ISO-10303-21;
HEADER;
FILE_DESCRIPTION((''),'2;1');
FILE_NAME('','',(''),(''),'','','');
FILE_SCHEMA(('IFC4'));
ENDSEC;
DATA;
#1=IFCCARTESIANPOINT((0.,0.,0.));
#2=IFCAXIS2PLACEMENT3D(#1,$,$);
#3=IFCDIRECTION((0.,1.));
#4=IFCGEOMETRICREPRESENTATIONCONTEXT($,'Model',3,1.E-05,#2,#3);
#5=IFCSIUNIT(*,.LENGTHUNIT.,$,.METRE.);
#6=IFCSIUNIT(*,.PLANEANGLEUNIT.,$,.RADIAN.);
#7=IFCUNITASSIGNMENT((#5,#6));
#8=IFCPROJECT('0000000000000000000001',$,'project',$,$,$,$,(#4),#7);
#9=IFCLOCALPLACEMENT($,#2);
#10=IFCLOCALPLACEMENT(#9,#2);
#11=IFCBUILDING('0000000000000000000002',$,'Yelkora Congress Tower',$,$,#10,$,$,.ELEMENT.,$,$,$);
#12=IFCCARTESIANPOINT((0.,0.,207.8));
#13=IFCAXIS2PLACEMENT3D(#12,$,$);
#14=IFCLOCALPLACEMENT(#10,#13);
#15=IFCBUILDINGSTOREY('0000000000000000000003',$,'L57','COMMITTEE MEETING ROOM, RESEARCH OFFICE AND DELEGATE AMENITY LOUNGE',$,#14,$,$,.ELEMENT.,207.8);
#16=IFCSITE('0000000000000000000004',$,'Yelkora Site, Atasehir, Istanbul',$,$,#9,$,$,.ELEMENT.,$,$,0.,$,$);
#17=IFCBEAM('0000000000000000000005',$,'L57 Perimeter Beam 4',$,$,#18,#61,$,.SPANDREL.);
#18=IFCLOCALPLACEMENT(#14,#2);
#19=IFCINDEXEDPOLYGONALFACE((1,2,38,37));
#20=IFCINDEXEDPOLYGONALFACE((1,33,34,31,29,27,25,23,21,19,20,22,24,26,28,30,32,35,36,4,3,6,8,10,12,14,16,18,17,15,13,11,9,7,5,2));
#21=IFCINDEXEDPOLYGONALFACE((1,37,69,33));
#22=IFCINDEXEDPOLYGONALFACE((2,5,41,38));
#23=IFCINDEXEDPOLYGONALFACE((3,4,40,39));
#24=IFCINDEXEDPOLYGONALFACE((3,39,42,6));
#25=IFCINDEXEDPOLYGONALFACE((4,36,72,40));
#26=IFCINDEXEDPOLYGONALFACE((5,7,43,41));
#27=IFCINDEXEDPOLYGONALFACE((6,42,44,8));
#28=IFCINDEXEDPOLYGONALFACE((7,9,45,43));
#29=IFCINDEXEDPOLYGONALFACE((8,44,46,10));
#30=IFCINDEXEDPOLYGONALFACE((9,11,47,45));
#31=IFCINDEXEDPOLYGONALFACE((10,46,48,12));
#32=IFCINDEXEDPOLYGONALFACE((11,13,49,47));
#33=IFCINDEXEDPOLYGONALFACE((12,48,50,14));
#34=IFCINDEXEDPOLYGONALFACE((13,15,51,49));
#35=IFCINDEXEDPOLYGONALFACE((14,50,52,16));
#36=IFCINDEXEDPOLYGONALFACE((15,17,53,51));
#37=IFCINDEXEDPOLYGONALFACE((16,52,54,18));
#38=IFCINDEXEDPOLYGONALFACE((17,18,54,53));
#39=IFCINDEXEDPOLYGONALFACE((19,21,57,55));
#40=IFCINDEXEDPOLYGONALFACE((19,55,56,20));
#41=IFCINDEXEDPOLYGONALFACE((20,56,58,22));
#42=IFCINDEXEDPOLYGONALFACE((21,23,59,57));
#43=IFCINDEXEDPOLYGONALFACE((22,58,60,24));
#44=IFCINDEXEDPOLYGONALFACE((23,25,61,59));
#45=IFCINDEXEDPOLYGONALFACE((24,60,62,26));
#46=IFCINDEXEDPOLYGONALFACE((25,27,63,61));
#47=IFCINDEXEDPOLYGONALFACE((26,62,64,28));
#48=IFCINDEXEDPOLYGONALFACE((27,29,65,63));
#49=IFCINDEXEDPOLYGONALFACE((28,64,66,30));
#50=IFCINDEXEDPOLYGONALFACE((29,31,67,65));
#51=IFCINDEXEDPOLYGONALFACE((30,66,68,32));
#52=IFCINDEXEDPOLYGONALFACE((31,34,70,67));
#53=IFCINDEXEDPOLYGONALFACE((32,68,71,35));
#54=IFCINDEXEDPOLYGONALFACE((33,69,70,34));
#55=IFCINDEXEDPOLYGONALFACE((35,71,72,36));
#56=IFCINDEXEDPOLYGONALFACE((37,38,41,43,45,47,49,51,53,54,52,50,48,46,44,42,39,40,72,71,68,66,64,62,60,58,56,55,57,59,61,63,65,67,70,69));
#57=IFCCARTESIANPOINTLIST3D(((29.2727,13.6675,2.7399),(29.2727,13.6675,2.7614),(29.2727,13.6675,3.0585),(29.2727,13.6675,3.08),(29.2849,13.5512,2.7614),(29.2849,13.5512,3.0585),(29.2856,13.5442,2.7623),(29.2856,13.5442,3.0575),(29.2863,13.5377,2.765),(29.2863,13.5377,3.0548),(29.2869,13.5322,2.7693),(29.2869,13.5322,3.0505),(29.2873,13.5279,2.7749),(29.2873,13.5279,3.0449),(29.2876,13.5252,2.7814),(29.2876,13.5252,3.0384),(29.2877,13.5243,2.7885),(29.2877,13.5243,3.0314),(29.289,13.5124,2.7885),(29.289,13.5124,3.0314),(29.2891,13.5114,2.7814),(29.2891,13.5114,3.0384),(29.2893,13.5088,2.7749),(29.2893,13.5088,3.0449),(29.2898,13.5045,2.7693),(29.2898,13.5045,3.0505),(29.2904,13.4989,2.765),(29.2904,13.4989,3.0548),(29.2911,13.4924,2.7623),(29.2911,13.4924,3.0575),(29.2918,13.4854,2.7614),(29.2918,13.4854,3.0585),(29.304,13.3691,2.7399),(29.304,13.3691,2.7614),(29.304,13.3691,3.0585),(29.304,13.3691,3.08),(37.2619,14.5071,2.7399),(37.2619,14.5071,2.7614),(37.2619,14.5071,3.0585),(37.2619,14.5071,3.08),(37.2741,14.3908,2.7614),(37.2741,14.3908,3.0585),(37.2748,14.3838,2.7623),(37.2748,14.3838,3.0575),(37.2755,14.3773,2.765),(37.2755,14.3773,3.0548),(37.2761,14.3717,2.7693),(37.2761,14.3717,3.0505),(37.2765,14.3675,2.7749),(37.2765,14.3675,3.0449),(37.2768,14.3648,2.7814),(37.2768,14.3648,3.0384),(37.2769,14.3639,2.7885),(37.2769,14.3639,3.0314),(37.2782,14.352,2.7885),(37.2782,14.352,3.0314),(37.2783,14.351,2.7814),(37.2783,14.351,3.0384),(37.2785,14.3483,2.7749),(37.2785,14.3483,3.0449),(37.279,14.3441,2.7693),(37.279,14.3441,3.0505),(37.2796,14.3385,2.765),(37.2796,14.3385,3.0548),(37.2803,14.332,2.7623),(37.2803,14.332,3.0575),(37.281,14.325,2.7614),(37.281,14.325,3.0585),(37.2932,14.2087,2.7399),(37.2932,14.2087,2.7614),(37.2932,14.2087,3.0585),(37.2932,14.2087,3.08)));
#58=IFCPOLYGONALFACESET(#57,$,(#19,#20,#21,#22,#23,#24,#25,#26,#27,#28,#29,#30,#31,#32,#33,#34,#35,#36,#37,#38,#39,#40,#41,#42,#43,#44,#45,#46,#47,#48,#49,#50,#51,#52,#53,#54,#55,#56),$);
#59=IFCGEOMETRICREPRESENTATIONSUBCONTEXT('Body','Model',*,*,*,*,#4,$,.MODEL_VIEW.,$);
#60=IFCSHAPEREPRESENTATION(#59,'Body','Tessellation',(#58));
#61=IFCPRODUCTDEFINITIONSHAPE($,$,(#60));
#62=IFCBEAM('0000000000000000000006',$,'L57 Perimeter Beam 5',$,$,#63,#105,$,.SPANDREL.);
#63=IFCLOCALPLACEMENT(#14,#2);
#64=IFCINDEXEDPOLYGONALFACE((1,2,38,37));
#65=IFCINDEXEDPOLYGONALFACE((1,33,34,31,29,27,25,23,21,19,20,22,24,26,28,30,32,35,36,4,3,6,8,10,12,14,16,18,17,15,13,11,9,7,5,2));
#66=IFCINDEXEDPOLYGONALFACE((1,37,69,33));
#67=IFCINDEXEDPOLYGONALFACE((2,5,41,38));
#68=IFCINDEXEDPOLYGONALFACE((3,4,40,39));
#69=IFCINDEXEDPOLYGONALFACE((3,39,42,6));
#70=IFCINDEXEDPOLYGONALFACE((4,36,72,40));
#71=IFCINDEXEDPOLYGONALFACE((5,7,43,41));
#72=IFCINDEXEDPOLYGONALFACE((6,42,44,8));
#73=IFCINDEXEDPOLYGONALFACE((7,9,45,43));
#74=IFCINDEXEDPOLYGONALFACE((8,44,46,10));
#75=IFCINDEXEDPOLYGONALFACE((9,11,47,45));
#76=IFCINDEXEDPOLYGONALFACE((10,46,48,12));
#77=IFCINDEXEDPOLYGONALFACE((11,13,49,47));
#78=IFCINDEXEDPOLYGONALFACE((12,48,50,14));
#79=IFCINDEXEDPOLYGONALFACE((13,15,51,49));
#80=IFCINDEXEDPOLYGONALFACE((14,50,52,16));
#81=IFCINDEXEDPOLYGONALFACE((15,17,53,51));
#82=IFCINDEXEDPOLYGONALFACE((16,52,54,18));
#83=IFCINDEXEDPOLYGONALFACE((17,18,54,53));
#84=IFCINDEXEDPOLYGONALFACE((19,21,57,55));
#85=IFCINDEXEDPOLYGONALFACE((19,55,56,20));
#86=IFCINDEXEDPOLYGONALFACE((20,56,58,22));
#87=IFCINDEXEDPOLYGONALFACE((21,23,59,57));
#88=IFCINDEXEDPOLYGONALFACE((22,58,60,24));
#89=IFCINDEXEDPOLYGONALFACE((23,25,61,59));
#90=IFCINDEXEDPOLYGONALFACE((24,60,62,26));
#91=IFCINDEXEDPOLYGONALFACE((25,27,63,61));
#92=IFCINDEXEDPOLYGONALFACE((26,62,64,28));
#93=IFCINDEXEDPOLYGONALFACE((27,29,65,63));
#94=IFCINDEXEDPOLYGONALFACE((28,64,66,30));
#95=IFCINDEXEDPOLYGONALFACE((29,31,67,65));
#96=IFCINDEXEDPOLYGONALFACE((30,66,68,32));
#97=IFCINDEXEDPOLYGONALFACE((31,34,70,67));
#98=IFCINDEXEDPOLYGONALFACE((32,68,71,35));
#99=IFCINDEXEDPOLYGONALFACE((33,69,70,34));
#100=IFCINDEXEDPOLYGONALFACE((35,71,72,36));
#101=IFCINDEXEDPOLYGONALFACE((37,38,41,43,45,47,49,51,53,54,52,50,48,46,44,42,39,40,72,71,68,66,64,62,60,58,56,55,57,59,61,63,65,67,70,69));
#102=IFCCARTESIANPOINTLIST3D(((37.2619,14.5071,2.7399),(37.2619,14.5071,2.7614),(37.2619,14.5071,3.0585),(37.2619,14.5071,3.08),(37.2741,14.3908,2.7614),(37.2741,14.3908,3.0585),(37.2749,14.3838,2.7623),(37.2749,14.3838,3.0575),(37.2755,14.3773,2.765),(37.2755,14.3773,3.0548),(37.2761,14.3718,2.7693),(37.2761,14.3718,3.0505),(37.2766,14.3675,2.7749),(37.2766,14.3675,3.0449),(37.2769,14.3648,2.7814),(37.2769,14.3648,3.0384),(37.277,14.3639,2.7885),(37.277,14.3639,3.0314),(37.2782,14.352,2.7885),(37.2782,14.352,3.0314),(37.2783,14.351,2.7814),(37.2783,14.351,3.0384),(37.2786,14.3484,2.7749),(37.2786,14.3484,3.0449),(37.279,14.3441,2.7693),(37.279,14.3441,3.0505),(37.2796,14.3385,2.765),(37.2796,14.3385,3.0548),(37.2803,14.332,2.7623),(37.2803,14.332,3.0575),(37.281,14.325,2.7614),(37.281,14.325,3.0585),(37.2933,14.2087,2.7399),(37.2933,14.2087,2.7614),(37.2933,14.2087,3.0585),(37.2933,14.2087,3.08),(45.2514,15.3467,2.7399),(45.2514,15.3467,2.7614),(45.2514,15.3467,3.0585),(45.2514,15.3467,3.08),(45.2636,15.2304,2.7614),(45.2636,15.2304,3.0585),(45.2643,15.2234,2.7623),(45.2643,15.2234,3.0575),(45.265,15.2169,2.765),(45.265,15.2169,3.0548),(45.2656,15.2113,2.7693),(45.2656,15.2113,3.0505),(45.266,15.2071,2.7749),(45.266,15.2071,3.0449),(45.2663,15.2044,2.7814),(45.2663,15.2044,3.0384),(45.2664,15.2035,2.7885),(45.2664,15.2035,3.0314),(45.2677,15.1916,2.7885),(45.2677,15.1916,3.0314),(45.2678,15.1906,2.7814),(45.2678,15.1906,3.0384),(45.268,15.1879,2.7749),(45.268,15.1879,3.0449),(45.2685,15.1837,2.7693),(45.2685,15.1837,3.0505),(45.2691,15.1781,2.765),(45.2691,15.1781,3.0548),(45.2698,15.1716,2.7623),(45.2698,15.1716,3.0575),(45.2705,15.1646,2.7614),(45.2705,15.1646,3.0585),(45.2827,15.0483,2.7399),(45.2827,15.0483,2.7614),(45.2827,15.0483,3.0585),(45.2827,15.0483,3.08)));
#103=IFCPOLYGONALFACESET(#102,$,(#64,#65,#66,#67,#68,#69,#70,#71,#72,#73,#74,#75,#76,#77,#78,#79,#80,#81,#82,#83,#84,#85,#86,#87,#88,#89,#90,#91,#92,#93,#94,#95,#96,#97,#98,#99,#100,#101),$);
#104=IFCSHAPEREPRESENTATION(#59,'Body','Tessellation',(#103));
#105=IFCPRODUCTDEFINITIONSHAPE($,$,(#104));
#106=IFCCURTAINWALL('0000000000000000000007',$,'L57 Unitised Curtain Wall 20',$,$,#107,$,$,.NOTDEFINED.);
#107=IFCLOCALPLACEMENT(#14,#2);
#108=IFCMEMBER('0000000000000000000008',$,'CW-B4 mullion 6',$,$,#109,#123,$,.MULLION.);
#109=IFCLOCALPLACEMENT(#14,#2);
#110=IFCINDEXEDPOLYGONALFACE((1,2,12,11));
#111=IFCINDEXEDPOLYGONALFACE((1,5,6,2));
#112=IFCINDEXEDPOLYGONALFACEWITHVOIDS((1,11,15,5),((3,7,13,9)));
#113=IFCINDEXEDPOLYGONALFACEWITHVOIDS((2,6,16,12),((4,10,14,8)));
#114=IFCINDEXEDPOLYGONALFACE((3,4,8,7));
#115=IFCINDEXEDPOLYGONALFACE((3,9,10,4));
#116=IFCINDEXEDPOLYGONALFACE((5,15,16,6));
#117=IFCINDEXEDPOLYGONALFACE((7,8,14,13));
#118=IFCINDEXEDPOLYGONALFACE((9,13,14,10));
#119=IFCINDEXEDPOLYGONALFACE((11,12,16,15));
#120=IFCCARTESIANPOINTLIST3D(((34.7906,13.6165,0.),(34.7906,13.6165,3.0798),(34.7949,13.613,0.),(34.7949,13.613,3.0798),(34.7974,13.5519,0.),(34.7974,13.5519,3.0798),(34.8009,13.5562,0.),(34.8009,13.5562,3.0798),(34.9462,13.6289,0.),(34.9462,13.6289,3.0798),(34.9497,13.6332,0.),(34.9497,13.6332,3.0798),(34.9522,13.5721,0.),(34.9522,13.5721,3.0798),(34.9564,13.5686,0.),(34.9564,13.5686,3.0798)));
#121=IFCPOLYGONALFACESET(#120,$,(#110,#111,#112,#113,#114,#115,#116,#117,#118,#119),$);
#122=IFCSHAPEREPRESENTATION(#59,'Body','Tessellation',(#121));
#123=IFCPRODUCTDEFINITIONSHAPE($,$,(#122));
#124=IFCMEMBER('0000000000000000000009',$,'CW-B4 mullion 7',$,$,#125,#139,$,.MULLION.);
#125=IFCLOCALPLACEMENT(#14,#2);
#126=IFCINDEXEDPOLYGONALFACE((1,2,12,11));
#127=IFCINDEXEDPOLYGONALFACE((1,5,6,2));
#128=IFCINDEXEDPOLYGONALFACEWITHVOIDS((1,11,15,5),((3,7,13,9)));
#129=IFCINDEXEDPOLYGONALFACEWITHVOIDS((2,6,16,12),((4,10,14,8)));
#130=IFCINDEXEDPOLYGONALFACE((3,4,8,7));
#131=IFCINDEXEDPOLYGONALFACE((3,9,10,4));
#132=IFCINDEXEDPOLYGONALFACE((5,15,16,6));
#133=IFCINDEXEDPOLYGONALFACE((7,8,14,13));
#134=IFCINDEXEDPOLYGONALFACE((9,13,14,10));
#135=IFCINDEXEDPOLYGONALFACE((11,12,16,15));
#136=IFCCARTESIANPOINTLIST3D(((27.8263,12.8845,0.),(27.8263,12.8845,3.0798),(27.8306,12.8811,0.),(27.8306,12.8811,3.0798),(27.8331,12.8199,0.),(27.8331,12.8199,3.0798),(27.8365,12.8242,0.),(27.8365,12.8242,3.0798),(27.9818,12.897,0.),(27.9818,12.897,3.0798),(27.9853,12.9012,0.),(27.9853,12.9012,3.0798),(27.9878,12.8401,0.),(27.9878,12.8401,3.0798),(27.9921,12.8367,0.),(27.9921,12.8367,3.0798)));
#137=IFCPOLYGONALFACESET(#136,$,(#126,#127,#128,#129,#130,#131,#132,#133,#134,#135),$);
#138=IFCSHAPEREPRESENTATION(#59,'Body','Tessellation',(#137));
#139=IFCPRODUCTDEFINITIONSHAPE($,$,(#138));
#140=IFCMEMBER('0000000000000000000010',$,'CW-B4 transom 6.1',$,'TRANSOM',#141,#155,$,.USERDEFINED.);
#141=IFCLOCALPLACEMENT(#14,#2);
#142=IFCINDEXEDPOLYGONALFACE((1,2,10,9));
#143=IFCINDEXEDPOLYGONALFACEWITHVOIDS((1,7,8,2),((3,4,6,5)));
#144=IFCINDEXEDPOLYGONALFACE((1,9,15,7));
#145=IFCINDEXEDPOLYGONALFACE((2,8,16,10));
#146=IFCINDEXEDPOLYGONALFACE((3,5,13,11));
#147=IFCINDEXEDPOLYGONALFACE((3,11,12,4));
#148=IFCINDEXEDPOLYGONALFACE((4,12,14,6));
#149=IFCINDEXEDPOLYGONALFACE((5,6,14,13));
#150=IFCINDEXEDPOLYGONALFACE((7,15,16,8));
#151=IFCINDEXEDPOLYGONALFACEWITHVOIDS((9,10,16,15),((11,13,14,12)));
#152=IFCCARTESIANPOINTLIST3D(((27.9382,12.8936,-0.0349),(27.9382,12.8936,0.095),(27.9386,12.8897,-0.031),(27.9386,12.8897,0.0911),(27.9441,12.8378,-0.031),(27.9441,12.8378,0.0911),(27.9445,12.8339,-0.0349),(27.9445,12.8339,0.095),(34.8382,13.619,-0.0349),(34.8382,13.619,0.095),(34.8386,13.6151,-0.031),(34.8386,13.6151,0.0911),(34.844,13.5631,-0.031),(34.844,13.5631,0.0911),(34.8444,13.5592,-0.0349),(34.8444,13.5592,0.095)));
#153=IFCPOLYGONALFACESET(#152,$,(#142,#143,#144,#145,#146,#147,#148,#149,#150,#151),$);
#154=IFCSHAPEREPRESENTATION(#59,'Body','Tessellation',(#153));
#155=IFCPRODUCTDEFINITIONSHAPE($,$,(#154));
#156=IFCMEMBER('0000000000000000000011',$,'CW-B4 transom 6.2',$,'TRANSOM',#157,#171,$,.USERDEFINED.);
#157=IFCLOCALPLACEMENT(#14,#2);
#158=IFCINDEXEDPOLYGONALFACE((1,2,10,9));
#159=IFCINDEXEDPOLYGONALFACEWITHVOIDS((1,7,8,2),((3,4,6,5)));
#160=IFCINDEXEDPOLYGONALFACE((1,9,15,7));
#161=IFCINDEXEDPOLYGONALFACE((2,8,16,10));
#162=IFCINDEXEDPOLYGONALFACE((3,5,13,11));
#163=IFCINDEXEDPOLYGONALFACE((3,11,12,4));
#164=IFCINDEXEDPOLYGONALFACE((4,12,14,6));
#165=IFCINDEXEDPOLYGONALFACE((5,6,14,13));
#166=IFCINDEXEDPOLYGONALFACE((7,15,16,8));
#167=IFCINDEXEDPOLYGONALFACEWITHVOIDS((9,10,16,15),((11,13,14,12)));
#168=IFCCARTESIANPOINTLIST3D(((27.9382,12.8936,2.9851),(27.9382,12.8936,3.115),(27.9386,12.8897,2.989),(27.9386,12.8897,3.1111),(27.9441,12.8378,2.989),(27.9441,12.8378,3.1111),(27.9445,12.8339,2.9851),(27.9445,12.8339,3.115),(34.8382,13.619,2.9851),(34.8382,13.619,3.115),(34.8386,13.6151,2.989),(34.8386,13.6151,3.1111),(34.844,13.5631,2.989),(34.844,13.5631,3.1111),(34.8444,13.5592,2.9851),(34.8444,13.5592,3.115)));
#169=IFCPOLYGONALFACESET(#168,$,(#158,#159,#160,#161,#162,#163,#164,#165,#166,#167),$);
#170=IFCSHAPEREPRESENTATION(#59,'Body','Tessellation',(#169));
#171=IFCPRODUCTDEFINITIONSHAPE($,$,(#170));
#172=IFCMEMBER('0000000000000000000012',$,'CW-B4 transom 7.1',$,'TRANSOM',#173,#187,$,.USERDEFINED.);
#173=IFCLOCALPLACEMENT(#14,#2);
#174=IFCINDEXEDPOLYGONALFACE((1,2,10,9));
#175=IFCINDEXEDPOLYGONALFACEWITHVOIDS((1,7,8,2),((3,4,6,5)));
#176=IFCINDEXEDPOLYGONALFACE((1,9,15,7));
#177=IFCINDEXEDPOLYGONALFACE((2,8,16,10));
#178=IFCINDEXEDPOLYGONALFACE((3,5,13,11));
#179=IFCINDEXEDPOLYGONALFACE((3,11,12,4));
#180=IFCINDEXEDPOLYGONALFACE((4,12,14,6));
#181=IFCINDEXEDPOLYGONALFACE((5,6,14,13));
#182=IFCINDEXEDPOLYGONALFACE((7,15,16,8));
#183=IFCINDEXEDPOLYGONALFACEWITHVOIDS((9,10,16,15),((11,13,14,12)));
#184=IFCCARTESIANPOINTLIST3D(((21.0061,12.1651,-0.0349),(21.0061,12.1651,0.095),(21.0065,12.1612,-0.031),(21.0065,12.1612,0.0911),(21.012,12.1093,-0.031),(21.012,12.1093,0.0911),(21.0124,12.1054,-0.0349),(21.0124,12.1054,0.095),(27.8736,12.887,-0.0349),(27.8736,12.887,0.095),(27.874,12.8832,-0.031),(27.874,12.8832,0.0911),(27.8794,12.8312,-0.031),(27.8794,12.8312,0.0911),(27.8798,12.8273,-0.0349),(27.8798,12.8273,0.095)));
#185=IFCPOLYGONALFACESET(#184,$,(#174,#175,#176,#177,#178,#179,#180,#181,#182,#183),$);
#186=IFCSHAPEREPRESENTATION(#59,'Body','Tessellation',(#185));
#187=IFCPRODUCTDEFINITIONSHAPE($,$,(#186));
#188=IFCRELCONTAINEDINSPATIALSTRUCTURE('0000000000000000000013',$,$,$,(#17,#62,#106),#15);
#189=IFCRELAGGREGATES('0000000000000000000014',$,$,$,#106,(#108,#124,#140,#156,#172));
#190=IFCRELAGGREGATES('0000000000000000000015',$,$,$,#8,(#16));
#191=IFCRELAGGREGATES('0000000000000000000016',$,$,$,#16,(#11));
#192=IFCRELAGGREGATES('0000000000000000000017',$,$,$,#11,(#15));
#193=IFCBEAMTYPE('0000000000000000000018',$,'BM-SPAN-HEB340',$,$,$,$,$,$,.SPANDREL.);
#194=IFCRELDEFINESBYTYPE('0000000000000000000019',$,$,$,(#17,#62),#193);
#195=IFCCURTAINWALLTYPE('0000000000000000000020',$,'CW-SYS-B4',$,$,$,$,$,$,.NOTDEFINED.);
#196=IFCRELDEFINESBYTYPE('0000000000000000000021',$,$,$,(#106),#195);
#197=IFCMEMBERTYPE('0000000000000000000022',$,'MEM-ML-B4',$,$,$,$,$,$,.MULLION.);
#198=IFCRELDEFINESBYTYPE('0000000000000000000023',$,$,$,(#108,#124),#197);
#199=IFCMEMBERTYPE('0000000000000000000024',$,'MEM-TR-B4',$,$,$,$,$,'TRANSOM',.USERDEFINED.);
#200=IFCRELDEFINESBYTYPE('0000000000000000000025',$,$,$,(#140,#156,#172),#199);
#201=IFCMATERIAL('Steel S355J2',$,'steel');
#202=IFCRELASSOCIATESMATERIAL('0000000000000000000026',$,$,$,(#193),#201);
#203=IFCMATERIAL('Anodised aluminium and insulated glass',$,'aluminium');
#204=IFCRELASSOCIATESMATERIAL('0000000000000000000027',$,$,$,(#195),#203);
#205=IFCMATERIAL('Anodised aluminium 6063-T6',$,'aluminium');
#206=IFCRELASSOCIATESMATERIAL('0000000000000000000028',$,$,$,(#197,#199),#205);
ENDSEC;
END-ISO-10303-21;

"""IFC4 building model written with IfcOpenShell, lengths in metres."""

from ifc_helpers import new_model, si_unit, direction, frame, origin, origin_2d, place, context, subcontext, project, spatial, hollow_rectangle, i_section, extrude, material, material_profile, profile_set, type_object, element, aggregate, save


model = new_model("IFC4")

# Units and contexts
model_context = context("Model", 3, precision=1e-05, world=origin(), true_north=direction((0.0, 1.0)))
body_context = subcontext(model_context, "Body", "Model", "MODEL_VIEW")
ifc_project = project(units=[si_unit("LENGTHUNIT", "METRE"), si_unit("PLANEANGLEUNIT", "RADIAN")], contexts=[model_context])

# Site, building, storey
site_placement = place(None, origin())
site = spatial("IfcSite", under=ifc_project, at=site_placement, Name="Yelkora Site, Atasehir, Istanbul", CompositionType="ELEMENT", RefElevation=0.0)
building_placement = place(site_placement, origin())
building = spatial("IfcBuilding", under=site, at=building_placement, Name="Yelkora Congress Tower", CompositionType="ELEMENT")
storey_placement = place(building_placement, frame((0.0, 0.0, 207.8)))
storey = spatial("IfcBuildingStorey", under=building, at=storey_placement, Name="L57", Description="COMMITTEE MEETING ROOM, RESEARCH OFFICE AND DELEGATE AMENITY LOUNGE", CompositionType="ELEMENT", Elevation=207.8)

# Shared definitions
ifc_material_1 = material(Name="Steel S355J2", Category="steel")

# Beams
ifc_material_profile_1 = material_profile(ifc_material_1, i_section(OverallWidth=0.3, OverallDepth=0.3401, WebThickness=0.012, FlangeThickness=0.0215, FilletRadius=0.0271, at=origin_2d()), Name="HEB 340")
ifc_profile_set_1 = profile_set([ifc_material_profile_1], Name="Steel S355J2")
beam_type_1 = type_object("IfcBeamType", Name="BM-SPAN-HEB340", PredefinedType="SPANDREL", material=ifc_profile_set_1)
beam_1_placement = place(storey_placement, frame((29.2883, 13.5183, 2.9099), z_axis=(0.994523, 0.104516, 0.0), x_axis=(-0.104516, 0.994523, 0.0)))
element("IfcBeam", 1, at=beam_1_placement, inside=storey, type_object=beam_type_1, Name="L57 Perimeter Beam 4", PredefinedType="SPANDREL", context=body_context, shape_type="SweptSolid", body=[
    extrude(i_section(OverallWidth=0.3, OverallDepth=0.3401, WebThickness=0.012, FlangeThickness=0.0215, FilletRadius=0.0271, at=origin_2d()), origin(), (0.0, 0.0, 1.0), 8.0332),
])
beam_2_placement = place(storey_placement, frame((37.2776, 14.3579, 2.9099), z_axis=(0.994524, 0.104512, 0.0), x_axis=(-0.104512, 0.994524, 0.0)))
element("IfcBeam", 2, at=beam_2_placement, inside=storey, type_object=beam_type_1, Name="L57 Perimeter Beam 5", PredefinedType="SPANDREL", context=body_context, shape_type="SweptSolid", body=[
    extrude(i_section(OverallWidth=0.3, OverallDepth=0.3401, WebThickness=0.012, FlangeThickness=0.0215, FilletRadius=0.0271, at=origin_2d()), origin(), (0.0, 0.0, 1.0), 8.0334),
])

# Curtain wall, members
ifc_material_2 = material(Name="Anodised aluminium and insulated glass", Category="aluminium")
curtain_wall_type = type_object("IfcCurtainWallType", Name="CW-SYS-B4", PredefinedType="NOTDEFINED", material=ifc_material_2)
curtain_wall_placement = place(storey_placement, origin())
curtain_wall = element("IfcCurtainWall", 3, at=curtain_wall_placement, inside=storey, type_object=curtain_wall_type, Name="L57 Unitised Curtain Wall 20", PredefinedType="NOTDEFINED")
ifc_material_3 = material(Name="Anodised aluminium 6063-T6", Category="aluminium")
ifc_material_profile_2 = material_profile(ifc_material_3, hollow_rectangle(XDim=0.0649, YDim=0.1599, WallThickness=0.0039, at=origin_2d()), Name="ALU 65x160x4")
ifc_profile_set_2 = profile_set([ifc_material_profile_2], Name="Anodised aluminium 6063-T6")
member_type_1 = type_object("IfcMemberType", Name="MEM-ML-B4", PredefinedType="MULLION", material=ifc_profile_set_2)
member_1_placement = place(storey_placement, frame((34.8735, 13.5925, 0.0), z_axis=(0.0, 0.0, 1.0), x_axis=(0.104527, -0.994522, 0.0)))
member_1 = element("IfcMember", 4, at=member_1_placement, type_object=member_type_1, Name="CW-B4 mullion 6", PredefinedType="MULLION", context=body_context, shape_type="SweptSolid", body=[
    extrude(hollow_rectangle(XDim=0.0649, YDim=0.1599, WallThickness=0.0039, at=origin_2d()), origin(), (0.0, 0.0, 1.0), 3.0798),
])
member_2_placement = place(storey_placement, frame((27.9092, 12.8606, 0.0), z_axis=(0.0, 0.0, 1.0), x_axis=(0.104527, -0.994522, 0.0)))
member_2 = element("IfcMember", 5, at=member_2_placement, type_object=member_type_1, Name="CW-B4 mullion 7", PredefinedType="MULLION", context=body_context, shape_type="SweptSolid", body=[
    extrude(hollow_rectangle(XDim=0.0649, YDim=0.1599, WallThickness=0.0039, at=origin_2d()), origin(), (0.0, 0.0, 1.0), 3.0798),
])
ifc_material_profile_3 = material_profile(ifc_material_3, hollow_rectangle(XDim=0.0601, YDim=0.1299, WallThickness=0.0039, at=origin_2d()), Name="ALU 60x130x4")
ifc_profile_set_3 = profile_set([ifc_material_profile_3], Name="Anodised aluminium 6063-T6")
member_type_2 = type_object("IfcMemberType", Name="MEM-TR-B4", ElementType="TRANSOM", PredefinedType="USERDEFINED", material=ifc_profile_set_3)
member_3_placement = place(storey_placement, frame((34.8413, 13.5891, 0.03), z_axis=(-0.99452, -0.104547, 0.0), x_axis=(0.104547, -0.99452, 0.0)))
member_3 = element("IfcMember", 6, at=member_3_placement, type_object=member_type_2, Name="CW-B4 transom 6.1", ObjectType="TRANSOM", PredefinedType="USERDEFINED", context=body_context, shape_type="SweptSolid", body=[
    extrude(hollow_rectangle(XDim=0.0601, YDim=0.1299, WallThickness=0.0039, at=origin_2d()), origin(), (0.0, 0.0, 1.0), 6.938),
])
member_4_placement = place(storey_placement, frame((34.8413, 13.5891, 3.05), z_axis=(-0.99452, -0.104547, 0.0), x_axis=(0.104547, -0.99452, 0.0)))
member_4 = element("IfcMember", 7, at=member_4_placement, type_object=member_type_2, Name="CW-B4 transom 6.2", ObjectType="TRANSOM", PredefinedType="USERDEFINED", context=body_context, shape_type="SweptSolid", body=[
    extrude(hollow_rectangle(XDim=0.0601, YDim=0.1299, WallThickness=0.0039, at=origin_2d()), origin(), (0.0, 0.0, 1.0), 6.938),
])
member_5_placement = place(storey_placement, frame((27.8767, 12.8572, 0.03), z_axis=(-0.99452, -0.104547, 0.0), x_axis=(0.104547, -0.99452, 0.0)))
member_5 = element("IfcMember", 8, at=member_5_placement, type_object=member_type_2, Name="CW-B4 transom 7.1", ObjectType="TRANSOM", PredefinedType="USERDEFINED", context=body_context, shape_type="SweptSolid", body=[
    extrude(hollow_rectangle(XDim=0.0601, YDim=0.1299, WallThickness=0.0039, at=origin_2d()), origin(), (0.0, 0.0, 1.0), 6.9053),
])
aggregate(curtain_wall, [member_1, member_2, member_3, member_4, member_5])

save(model, "model.ifc")
